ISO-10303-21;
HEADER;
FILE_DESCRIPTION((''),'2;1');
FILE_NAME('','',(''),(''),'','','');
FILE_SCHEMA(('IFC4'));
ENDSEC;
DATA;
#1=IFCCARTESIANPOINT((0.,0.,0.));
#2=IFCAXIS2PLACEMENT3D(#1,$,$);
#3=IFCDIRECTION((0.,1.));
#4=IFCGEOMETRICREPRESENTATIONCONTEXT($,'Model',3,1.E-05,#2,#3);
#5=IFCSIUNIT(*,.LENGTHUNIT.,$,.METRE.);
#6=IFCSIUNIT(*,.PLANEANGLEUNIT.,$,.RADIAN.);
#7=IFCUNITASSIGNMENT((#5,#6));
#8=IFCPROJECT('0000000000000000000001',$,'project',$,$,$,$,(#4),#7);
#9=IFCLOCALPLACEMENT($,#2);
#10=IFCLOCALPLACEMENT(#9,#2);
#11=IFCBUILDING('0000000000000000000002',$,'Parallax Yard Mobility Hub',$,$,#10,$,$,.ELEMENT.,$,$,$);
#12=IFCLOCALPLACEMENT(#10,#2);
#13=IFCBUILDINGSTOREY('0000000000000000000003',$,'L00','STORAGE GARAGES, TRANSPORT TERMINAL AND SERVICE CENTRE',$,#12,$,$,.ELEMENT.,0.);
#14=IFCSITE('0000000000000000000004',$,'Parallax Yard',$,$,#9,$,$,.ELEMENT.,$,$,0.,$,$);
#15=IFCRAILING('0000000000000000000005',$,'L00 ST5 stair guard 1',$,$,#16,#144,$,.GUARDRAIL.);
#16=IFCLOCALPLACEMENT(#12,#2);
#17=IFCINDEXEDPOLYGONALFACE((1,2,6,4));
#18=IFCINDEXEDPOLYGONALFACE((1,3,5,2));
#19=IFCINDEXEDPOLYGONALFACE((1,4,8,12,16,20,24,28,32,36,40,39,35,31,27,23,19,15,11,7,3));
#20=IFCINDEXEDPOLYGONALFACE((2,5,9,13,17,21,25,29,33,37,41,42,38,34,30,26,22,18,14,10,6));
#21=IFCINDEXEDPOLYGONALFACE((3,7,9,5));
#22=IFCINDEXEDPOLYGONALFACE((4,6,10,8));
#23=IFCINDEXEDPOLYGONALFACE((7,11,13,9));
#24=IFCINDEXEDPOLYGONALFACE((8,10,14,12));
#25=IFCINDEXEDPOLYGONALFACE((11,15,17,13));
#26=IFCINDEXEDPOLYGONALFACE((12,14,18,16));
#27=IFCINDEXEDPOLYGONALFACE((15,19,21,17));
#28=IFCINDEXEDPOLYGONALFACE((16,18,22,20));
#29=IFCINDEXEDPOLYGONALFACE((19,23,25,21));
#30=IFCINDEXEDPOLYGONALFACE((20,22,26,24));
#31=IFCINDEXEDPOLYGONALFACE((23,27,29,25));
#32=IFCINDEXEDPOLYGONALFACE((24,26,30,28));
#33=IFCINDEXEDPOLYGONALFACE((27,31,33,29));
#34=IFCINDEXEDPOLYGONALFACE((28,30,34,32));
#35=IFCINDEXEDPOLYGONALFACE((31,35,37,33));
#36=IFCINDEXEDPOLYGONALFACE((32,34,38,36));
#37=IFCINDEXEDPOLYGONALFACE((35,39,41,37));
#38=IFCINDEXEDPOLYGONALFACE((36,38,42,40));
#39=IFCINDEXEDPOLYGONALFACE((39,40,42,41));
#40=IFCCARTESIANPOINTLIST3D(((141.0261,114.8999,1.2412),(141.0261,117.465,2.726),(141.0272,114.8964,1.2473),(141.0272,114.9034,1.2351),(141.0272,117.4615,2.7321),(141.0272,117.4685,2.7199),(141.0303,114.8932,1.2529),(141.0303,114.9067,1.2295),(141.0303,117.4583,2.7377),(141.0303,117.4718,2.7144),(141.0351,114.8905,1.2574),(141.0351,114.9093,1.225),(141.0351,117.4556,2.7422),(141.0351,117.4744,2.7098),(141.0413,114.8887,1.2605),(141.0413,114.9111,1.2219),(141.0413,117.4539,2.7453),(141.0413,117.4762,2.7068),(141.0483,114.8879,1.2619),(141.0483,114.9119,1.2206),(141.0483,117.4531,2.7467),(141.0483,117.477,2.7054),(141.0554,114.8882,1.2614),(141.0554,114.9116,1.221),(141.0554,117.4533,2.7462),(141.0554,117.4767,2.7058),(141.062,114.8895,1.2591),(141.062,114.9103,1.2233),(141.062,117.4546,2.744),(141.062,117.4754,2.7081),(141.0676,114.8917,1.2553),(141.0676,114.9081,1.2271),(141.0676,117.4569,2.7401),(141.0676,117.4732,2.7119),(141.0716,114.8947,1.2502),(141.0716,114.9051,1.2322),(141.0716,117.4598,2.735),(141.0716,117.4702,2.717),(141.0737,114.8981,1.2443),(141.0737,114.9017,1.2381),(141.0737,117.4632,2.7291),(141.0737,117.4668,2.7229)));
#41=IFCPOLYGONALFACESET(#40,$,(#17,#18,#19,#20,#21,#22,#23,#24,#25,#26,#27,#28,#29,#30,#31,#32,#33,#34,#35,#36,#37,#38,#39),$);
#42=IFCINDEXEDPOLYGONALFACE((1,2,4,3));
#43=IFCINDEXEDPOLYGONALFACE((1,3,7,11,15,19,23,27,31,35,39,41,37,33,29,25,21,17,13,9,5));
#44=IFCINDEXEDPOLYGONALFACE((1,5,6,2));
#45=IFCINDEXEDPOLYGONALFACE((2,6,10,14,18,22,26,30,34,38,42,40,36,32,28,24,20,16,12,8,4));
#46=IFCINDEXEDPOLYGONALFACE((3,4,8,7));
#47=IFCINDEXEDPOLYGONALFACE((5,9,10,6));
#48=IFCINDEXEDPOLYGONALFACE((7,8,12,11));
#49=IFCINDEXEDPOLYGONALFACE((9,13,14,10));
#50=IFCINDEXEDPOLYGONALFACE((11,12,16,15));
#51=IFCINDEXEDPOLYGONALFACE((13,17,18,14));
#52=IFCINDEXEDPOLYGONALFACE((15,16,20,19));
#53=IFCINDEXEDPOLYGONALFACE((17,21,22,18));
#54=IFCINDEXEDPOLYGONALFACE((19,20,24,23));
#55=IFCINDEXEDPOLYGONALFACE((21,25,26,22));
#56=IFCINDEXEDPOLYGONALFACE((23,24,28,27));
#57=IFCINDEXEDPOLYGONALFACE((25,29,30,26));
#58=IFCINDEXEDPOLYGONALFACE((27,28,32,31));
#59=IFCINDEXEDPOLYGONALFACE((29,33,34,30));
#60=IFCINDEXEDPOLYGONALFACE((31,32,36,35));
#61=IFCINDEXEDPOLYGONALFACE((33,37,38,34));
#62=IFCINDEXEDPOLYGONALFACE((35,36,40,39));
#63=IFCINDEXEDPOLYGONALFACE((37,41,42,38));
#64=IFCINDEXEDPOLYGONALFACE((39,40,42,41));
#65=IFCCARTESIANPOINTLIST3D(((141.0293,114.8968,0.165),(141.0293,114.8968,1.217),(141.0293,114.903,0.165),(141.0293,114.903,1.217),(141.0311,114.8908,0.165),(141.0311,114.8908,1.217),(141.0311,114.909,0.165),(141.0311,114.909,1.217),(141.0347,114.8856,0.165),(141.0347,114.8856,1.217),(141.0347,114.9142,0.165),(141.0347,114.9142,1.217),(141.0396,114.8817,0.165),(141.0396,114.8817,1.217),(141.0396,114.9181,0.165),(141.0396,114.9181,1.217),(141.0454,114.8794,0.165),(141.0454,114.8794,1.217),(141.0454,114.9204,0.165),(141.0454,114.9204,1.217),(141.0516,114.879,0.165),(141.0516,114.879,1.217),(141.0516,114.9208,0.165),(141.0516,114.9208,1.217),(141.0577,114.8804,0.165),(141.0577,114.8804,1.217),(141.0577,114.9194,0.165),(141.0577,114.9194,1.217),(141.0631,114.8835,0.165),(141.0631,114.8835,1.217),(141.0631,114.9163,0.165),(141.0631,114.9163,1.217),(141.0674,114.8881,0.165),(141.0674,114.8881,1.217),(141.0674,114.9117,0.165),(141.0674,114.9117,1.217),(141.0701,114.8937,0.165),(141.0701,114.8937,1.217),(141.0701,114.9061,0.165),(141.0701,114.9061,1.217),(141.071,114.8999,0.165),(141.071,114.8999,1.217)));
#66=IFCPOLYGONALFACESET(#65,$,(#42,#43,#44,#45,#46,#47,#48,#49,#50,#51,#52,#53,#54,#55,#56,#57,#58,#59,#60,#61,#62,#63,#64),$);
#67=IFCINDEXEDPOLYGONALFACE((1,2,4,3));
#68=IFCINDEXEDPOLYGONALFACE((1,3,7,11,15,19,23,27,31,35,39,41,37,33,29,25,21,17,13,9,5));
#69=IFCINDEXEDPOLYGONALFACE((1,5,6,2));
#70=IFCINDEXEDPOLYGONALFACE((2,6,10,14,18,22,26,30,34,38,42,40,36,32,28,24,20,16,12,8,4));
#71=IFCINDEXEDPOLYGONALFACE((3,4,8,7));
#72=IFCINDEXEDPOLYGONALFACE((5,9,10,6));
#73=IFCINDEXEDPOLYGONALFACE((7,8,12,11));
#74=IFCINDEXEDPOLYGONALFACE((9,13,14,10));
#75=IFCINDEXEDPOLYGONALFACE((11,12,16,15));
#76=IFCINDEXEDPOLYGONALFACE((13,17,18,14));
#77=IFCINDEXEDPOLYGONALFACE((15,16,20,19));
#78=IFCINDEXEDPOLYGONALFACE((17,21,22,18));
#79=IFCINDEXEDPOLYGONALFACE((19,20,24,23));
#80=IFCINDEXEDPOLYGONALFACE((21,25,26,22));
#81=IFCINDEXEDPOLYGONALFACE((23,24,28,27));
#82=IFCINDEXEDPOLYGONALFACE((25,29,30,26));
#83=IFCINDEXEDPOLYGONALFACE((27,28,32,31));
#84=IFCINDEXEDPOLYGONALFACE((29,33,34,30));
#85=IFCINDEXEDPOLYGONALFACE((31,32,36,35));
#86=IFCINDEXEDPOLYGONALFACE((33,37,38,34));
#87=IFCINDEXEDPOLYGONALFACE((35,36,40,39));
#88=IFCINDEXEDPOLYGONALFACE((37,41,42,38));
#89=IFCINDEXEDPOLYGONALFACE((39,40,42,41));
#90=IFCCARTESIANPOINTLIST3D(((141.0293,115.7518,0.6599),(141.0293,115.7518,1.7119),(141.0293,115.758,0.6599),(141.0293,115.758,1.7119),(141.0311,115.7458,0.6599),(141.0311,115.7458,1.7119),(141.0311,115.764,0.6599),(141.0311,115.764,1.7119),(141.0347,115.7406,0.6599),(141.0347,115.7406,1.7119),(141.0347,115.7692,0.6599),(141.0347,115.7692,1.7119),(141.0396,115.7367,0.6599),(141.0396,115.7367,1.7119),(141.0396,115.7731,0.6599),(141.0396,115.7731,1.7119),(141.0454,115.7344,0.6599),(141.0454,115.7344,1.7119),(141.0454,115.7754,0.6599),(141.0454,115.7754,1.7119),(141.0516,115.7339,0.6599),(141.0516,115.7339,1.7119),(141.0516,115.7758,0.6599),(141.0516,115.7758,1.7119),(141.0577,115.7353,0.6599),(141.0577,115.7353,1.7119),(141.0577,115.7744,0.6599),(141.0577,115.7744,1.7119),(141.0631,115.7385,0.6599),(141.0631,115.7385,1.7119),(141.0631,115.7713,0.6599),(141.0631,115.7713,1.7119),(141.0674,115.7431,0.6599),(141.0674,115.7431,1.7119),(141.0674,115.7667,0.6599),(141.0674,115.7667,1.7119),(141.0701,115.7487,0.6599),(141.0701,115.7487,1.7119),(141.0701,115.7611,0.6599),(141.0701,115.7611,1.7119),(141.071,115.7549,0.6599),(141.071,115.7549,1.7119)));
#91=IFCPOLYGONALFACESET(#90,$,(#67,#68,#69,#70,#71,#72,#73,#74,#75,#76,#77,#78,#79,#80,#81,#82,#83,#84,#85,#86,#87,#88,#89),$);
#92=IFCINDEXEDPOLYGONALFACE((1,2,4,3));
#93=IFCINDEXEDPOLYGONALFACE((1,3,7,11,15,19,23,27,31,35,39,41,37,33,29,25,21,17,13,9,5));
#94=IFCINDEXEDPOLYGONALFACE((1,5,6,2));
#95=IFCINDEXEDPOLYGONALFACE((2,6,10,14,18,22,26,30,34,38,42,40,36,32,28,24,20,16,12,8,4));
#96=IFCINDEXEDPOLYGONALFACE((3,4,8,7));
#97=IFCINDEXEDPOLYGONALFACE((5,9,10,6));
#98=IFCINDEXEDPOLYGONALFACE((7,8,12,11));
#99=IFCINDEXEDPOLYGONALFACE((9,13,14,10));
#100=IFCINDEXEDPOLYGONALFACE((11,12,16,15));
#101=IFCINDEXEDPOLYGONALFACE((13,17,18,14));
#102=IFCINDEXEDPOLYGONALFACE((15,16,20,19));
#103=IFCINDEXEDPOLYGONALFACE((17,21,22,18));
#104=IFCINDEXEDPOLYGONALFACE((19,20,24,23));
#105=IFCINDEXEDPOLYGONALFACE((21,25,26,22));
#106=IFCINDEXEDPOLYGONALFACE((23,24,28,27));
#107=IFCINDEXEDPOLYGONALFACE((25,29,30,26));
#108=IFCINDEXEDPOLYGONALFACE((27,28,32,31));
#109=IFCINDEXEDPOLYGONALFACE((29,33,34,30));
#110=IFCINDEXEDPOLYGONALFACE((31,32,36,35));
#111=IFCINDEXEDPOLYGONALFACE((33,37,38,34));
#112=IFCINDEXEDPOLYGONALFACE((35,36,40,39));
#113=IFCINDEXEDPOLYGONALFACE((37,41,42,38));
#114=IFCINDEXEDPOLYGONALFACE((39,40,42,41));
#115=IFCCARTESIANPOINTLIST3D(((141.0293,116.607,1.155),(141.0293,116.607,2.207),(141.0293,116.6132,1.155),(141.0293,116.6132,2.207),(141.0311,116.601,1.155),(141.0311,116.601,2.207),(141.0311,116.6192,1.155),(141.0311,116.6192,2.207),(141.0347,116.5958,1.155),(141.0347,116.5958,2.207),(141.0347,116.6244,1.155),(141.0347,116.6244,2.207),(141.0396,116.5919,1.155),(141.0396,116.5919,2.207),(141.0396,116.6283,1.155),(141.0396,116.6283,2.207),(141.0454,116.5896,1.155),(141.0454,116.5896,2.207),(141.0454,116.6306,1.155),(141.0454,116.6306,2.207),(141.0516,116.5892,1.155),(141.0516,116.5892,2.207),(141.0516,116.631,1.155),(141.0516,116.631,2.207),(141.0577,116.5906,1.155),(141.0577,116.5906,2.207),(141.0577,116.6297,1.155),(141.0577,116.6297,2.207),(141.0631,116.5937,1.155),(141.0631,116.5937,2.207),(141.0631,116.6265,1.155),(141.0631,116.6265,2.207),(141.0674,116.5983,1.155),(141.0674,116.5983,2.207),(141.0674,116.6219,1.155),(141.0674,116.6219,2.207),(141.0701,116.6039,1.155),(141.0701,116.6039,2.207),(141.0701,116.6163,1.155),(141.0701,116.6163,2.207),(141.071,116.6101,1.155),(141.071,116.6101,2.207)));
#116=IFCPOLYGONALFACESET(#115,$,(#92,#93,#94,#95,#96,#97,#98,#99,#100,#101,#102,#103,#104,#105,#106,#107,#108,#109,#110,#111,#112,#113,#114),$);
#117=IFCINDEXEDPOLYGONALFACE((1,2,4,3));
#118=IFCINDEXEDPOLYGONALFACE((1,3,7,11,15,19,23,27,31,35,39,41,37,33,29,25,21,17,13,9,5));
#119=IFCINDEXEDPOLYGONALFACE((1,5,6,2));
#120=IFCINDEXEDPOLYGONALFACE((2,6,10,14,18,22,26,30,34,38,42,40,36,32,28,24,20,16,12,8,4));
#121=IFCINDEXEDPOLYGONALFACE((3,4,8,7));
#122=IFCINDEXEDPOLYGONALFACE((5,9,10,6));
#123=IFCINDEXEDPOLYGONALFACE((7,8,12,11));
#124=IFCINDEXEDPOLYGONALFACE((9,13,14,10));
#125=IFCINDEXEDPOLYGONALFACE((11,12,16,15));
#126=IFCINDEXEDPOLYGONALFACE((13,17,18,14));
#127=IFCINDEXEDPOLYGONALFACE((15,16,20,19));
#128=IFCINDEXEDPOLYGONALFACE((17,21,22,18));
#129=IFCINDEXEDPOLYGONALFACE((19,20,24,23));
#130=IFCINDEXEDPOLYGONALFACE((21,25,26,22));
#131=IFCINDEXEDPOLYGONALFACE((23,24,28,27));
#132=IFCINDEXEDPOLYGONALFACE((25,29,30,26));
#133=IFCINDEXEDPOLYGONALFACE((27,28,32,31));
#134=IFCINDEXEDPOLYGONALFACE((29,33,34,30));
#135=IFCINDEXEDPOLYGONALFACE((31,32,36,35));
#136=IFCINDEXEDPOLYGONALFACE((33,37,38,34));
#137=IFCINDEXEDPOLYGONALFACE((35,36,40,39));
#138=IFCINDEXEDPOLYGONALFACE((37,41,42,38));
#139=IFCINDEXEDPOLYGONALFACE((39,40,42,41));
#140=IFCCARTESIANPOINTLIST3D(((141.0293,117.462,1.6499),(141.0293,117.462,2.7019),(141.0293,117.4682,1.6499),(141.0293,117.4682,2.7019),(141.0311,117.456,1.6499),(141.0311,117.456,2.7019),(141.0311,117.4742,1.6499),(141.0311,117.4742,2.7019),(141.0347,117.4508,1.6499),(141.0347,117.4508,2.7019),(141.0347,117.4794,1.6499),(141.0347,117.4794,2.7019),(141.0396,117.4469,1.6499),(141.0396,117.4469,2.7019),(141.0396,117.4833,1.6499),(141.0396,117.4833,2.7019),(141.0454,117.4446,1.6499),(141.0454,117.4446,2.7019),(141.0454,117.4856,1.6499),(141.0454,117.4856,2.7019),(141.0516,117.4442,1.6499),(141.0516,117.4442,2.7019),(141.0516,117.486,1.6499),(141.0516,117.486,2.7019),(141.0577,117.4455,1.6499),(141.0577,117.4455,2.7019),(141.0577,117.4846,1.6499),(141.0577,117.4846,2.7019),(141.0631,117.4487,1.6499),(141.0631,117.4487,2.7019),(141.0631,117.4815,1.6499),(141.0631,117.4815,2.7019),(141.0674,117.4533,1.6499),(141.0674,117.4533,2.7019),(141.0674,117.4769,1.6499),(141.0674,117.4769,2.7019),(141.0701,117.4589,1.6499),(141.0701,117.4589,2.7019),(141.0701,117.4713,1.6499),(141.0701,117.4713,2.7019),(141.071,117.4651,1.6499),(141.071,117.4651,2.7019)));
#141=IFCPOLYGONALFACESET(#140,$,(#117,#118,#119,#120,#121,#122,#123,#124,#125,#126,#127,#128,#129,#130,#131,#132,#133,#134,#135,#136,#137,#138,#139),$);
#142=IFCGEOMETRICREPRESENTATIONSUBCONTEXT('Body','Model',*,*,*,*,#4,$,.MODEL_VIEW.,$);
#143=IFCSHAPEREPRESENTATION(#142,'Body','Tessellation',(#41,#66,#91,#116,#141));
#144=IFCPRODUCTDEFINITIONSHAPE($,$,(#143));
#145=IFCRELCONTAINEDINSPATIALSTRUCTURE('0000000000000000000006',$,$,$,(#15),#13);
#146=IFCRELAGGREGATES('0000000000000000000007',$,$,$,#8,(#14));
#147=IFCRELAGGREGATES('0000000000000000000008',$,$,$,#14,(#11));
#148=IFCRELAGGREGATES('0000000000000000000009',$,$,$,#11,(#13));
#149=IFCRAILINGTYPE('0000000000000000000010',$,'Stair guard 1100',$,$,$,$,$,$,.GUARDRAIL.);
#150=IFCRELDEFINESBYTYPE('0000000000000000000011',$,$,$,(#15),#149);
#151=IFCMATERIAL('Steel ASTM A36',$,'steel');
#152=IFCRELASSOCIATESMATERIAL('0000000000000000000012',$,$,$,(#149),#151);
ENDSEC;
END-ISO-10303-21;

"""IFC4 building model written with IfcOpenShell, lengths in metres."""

from ifc_helpers import new_model, si_unit, direction, frame, origin, origin_2d, place, context, subcontext, project, spatial, circle, extrude, material, type_object, element, save


model = new_model("IFC4")

# Units and contexts
model_context = context("Model", 3, precision=1e-05, world=origin(), true_north=direction((0.0, 1.0)))
body_context = subcontext(model_context, "Body", "Model", "MODEL_VIEW")
ifc_project = project(units=[si_unit("LENGTHUNIT", "METRE"), si_unit("PLANEANGLEUNIT", "RADIAN")], contexts=[model_context])

# Site, building, storey
site_placement = place(None, origin())
site = spatial("IfcSite", under=ifc_project, at=site_placement, Name="Parallax Yard", CompositionType="ELEMENT", RefElevation=0.0)
building_placement = place(site_placement, origin())
building = spatial("IfcBuilding", under=site, at=building_placement, Name="Parallax Yard Mobility Hub", CompositionType="ELEMENT")
storey_placement = place(building_placement, origin())
storey = spatial("IfcBuildingStorey", under=building, at=storey_placement, Name="L00", Description="STORAGE GARAGES, TRANSPORT TERMINAL AND SERVICE CENTRE", CompositionType="ELEMENT", Elevation=0.0)

# Railing
ifc_material_1 = material(Name="Steel ASTM A36", Category="steel")
railing_type_1 = type_object("IfcRailingType", Name="Stair guard 1100", PredefinedType="GUARDRAIL", material=ifc_material_1)
railing_1_placement = place(storey_placement, frame((141.05, 114.8999, 0.165)))
element("IfcRailing", 1, at=railing_1_placement, inside=storey, type_object=railing_type_1, Name="L00 ST5 stair guard 1", PredefinedType="GUARDRAIL", context=body_context, shape_type="SweptSolid", body=[
    extrude(circle(Radius=0.0239, at=origin_2d()), frame((0.0, 0.0, 1.0762), z_axis=(0.0, 0.865462, 0.500975), x_axis=(-1.0, 0.0, 0.0)), (0.0, 0.0, 1.0), 2.9639),
    extrude(circle(Radius=0.021, at=origin_2d()), origin(), (0.0, 0.0, 1.0), 1.052),
    extrude(circle(Radius=0.021, at=origin_2d()), frame((0.0, 0.855, 0.4949)), (0.0, 0.0, 1.0), 1.052),
    extrude(circle(Radius=0.021, at=origin_2d()), frame((0.0, 1.7102, 0.99)), (0.0, 0.0, 1.0), 1.052),
    extrude(circle(Radius=0.021, at=origin_2d()), frame((0.0, 2.5652, 1.4849)), (0.0, 0.0, 1.0), 1.052),
])

save(model, "model.ifc")
